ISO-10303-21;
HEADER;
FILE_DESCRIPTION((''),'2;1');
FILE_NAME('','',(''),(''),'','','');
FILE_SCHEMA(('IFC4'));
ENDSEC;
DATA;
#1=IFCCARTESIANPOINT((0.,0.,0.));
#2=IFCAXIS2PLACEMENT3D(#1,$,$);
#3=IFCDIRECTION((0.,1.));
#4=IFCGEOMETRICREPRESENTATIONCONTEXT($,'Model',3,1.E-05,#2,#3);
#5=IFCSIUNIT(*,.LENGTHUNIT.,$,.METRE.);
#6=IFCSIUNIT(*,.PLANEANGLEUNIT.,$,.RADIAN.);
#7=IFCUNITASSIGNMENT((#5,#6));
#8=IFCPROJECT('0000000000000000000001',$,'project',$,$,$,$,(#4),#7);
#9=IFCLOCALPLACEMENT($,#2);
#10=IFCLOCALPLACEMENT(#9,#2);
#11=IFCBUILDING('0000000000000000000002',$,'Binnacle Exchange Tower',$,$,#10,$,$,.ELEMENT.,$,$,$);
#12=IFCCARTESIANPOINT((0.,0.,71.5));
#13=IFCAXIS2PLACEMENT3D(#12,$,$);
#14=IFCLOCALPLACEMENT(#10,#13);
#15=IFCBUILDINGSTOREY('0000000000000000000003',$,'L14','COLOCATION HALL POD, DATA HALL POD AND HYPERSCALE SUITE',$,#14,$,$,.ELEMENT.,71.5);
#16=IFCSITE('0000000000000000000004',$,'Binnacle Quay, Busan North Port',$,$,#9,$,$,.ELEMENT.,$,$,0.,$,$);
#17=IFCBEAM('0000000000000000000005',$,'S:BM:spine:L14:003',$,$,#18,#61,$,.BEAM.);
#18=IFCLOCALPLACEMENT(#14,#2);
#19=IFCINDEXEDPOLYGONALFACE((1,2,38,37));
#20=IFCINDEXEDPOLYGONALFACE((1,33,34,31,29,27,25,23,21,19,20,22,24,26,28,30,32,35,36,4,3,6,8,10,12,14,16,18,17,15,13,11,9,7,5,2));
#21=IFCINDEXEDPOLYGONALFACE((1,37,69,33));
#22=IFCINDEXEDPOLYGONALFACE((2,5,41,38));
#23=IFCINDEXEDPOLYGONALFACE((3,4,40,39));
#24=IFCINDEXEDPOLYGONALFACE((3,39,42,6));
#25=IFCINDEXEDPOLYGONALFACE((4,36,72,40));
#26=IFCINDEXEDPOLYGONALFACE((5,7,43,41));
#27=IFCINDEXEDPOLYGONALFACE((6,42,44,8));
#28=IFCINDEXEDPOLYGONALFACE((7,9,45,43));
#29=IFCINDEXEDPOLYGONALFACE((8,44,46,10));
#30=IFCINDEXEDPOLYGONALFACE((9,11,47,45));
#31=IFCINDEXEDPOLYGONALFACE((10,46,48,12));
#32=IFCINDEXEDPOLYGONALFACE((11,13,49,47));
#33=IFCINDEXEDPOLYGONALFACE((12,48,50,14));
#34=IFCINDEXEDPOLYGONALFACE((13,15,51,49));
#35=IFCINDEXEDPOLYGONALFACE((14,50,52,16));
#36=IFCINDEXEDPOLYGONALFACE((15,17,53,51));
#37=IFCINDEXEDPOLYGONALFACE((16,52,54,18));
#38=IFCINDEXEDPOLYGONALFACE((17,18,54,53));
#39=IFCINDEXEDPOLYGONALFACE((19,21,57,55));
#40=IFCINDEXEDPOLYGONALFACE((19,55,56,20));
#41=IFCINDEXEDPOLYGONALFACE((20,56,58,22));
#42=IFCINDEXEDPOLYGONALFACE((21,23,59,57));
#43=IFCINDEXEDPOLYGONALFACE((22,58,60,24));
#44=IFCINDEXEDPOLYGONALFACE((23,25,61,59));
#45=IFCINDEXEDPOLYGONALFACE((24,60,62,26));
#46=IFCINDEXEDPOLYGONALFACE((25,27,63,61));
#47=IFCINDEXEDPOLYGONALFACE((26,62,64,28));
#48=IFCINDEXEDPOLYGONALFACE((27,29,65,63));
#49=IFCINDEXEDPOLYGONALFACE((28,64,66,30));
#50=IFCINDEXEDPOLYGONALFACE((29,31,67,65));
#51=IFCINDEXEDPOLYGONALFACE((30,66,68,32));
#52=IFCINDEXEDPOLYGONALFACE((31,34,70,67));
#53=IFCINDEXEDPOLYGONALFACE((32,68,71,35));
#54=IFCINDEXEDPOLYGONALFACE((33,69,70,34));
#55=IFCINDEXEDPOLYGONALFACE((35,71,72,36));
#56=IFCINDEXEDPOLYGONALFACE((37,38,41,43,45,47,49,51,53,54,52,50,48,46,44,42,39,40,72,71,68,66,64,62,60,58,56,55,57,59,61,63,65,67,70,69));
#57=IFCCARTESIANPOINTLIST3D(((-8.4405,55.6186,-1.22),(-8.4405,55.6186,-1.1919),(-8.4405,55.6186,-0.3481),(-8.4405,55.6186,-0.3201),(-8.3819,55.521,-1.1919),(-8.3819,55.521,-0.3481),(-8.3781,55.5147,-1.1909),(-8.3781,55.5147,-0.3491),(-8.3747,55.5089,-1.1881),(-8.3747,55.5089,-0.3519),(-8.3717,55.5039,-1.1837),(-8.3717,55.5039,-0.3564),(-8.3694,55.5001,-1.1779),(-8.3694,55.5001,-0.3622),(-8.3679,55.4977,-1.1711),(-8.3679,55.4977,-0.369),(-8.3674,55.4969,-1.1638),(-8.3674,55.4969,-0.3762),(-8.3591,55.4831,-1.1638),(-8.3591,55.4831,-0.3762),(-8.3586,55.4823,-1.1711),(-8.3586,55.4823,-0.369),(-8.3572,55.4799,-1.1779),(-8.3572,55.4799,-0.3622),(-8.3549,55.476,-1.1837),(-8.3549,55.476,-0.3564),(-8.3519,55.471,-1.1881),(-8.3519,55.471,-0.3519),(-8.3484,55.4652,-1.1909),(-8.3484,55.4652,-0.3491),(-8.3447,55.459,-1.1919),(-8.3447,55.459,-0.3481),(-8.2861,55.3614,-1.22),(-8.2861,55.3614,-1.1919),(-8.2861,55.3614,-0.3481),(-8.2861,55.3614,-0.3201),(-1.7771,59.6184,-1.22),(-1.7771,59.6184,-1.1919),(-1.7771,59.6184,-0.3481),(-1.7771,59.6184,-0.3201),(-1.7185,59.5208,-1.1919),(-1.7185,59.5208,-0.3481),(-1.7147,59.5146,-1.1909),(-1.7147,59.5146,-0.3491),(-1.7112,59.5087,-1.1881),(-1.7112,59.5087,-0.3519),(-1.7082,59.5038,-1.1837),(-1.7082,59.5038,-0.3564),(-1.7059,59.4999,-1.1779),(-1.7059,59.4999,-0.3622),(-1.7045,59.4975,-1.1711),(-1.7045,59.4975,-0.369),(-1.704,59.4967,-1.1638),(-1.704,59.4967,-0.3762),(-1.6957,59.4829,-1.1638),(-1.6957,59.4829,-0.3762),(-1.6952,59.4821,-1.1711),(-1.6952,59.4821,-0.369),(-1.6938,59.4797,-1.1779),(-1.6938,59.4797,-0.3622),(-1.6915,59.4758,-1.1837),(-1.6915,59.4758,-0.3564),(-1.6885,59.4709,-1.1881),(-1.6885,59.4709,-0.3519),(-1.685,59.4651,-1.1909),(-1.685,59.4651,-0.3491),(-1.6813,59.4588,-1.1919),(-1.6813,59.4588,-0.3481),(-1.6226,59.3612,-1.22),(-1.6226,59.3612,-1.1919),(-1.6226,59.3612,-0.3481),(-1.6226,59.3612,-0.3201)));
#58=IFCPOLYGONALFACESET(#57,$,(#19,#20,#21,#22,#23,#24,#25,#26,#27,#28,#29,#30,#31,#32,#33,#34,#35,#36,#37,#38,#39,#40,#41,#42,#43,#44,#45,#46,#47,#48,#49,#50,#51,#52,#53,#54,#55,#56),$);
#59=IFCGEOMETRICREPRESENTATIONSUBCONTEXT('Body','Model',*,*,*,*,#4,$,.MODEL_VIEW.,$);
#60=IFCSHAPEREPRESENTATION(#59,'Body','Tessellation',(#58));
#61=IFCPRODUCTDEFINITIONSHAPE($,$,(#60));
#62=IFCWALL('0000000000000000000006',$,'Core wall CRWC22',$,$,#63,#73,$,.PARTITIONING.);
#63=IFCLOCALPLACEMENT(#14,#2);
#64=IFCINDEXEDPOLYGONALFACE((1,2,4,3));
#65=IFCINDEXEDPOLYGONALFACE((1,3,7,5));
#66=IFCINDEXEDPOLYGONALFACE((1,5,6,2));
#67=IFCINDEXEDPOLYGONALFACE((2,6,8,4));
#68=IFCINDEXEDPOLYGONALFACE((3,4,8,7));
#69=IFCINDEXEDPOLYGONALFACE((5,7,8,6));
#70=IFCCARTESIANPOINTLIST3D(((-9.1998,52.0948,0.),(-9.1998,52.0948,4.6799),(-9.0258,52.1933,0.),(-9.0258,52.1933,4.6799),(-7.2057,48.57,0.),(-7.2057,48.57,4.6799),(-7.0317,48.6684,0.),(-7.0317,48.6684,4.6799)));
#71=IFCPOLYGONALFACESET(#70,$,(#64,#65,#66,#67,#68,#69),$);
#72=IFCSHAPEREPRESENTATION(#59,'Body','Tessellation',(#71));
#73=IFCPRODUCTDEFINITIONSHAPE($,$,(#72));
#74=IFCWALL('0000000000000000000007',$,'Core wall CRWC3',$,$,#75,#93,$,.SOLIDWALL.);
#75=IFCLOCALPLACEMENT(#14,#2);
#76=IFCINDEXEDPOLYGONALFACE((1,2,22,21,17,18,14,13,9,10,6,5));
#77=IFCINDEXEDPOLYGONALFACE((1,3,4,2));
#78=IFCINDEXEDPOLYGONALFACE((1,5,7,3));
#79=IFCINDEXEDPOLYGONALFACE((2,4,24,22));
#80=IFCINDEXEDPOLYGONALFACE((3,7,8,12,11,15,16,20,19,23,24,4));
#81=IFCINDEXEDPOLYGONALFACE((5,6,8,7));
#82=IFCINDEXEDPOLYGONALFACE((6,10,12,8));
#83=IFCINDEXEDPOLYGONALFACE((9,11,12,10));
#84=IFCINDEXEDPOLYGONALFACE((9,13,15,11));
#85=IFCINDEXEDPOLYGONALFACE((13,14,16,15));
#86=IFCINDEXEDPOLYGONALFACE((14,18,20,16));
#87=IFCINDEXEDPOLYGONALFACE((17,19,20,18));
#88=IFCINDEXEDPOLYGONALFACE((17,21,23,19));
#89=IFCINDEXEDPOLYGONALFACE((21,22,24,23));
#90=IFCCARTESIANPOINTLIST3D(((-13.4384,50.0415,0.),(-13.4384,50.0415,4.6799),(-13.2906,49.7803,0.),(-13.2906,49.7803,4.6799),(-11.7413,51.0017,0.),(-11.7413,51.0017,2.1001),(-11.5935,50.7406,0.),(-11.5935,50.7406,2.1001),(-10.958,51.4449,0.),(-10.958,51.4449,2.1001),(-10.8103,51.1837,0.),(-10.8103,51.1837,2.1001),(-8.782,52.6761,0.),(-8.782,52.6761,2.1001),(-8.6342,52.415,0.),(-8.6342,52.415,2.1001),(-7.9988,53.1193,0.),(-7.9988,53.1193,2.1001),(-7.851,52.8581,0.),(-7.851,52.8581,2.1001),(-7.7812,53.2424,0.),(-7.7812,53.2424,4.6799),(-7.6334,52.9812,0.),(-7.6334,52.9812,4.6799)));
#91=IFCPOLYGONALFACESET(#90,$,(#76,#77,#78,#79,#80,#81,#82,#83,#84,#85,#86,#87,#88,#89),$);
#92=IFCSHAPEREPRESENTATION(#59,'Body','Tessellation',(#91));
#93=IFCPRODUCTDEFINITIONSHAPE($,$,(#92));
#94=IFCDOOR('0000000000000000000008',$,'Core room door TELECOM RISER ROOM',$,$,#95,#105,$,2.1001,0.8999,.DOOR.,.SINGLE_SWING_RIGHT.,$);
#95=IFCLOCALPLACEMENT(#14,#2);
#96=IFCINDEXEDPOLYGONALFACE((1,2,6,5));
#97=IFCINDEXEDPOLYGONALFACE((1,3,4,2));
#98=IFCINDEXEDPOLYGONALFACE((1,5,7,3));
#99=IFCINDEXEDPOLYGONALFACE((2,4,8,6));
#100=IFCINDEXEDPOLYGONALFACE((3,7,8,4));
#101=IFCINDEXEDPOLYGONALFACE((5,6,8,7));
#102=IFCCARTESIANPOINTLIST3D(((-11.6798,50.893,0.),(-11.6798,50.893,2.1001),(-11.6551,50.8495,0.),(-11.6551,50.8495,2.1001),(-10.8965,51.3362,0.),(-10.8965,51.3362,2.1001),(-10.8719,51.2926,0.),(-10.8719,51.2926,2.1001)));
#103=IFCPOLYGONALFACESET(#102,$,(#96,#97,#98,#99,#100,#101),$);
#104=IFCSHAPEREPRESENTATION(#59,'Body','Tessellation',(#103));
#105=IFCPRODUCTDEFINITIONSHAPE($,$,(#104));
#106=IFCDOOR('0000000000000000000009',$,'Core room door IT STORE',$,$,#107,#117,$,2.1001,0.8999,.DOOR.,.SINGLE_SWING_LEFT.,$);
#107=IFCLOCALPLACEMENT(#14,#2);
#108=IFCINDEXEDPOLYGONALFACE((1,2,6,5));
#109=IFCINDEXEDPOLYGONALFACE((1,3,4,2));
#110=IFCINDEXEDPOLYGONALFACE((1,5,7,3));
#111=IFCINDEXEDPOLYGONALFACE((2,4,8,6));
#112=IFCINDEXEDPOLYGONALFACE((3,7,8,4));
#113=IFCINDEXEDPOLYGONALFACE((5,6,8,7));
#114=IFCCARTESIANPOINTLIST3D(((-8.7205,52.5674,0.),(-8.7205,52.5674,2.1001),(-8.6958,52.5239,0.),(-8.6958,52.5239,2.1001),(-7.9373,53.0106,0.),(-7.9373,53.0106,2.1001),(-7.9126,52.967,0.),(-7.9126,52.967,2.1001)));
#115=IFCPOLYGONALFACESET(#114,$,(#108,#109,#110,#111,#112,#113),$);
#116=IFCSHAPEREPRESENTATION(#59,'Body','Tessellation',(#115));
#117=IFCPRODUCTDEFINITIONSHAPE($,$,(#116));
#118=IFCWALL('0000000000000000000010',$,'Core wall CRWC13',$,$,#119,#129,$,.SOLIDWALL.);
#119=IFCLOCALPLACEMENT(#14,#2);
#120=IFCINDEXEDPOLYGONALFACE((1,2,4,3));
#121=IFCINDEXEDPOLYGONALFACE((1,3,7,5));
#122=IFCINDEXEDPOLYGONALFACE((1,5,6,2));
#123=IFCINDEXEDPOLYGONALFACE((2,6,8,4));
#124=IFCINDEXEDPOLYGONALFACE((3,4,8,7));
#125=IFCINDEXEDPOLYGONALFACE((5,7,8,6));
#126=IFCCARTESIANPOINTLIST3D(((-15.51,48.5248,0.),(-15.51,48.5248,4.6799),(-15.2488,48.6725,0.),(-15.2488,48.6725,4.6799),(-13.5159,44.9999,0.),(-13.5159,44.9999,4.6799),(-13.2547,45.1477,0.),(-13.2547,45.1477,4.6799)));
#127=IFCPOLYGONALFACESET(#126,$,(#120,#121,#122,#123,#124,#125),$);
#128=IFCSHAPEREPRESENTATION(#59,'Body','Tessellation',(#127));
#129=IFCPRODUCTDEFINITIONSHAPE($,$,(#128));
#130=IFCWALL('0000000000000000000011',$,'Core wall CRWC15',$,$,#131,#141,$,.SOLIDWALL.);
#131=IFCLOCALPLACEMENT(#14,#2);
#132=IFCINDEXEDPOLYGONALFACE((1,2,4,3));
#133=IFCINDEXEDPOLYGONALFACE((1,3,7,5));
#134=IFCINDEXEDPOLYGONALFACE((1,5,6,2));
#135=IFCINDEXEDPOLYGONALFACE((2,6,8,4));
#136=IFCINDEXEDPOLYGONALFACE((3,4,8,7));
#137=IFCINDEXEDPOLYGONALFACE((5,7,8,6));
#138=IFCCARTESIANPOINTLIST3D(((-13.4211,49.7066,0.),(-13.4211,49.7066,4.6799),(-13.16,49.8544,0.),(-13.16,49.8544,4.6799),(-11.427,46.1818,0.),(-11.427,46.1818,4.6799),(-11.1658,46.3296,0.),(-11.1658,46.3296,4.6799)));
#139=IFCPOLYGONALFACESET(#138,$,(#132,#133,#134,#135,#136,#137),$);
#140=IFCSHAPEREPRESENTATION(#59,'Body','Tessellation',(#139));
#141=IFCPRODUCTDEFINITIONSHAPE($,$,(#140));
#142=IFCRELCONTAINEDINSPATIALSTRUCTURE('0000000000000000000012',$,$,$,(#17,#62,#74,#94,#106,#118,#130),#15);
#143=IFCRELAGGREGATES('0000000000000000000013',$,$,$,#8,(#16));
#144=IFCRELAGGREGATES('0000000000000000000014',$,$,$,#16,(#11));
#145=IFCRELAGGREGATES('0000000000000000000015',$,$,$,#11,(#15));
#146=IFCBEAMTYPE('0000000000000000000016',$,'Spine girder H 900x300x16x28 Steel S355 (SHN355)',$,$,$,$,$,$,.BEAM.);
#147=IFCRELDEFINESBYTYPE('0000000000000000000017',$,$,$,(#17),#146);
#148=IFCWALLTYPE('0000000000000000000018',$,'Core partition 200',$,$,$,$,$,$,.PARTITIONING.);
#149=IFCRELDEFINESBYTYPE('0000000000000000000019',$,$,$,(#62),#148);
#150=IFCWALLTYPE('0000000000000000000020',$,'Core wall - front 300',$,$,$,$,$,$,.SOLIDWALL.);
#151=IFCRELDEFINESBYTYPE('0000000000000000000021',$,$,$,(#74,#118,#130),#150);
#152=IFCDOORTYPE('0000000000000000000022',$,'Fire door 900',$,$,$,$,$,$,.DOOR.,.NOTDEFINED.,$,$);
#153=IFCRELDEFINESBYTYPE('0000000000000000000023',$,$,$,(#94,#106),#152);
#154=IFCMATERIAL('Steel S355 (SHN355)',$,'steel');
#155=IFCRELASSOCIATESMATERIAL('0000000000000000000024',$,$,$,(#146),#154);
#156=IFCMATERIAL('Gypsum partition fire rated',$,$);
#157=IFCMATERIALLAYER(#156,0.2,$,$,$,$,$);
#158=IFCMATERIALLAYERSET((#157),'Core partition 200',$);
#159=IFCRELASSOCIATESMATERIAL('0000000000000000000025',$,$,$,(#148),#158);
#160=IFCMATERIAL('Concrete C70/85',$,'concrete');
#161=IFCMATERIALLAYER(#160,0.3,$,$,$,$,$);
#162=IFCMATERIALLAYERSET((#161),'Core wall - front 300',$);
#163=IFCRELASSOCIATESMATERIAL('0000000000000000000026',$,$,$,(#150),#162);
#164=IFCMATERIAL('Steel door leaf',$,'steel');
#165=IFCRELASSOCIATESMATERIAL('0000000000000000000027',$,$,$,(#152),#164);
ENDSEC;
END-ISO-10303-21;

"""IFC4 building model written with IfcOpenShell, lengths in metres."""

from ifc_helpers import new_model, si_unit, direction, frame, frame_2d, origin, origin_2d, place, context, subcontext, project, spatial, rectangle, i_section, extrude, material, layer, layer_set, material_profile, profile_set, type_object, element, fill, save


model = new_model("IFC4")

# Units and contexts
model_context = context("Model", 3, precision=1e-05, world=origin(), true_north=direction((0.0, 1.0)))
body_context = subcontext(model_context, "Body", "Model", "MODEL_VIEW")
ifc_project = project(units=[si_unit("LENGTHUNIT", "METRE"), si_unit("PLANEANGLEUNIT", "RADIAN")], contexts=[model_context])

# Site, building, storey
site_placement = place(None, origin())
site = spatial("IfcSite", under=ifc_project, at=site_placement, Name="Binnacle Quay, Busan North Port", CompositionType="ELEMENT", RefElevation=0.0)
building_placement = place(site_placement, origin())
building = spatial("IfcBuilding", under=site, at=building_placement, Name="Binnacle Exchange Tower", CompositionType="ELEMENT")
storey_placement = place(building_placement, frame((0.0, 0.0, 71.5)))
storey = spatial("IfcBuildingStorey", under=building, at=storey_placement, Name="L14", Description="COLOCATION HALL POD, DATA HALL POD AND HYPERSCALE SUITE", CompositionType="ELEMENT", Elevation=71.5)

# Shared definitions
ifc_material_1 = material(Name="Concrete C70/85", Category="concrete")

# Beam
ifc_material_2 = material(Name="Steel S355 (SHN355)", Category="steel")
ifc_material_profile_1 = material_profile(ifc_material_2, i_section(OverallWidth=0.3, OverallDepth=0.8999, WebThickness=0.0161, FlangeThickness=0.0281, FilletRadius=0.0281, at=origin_2d()), Name="H 900x300x16x28")
ifc_profile_set_1 = profile_set([ifc_material_profile_1], Name="Steel S355 (SHN355)")
beam_type_1 = type_object("IfcBeamType", Name="Spine girder H 900x300x16x28 Steel S355 (SHN355)", PredefinedType="BEAM", material=ifc_profile_set_1)
beam_1_placement = place(storey_placement, frame((-8.3633, 55.49, -0.77), z_axis=(0.857393, 0.514662, 0.0), x_axis=(-0.514662, 0.857393, 0.0)))
element("IfcBeam", 1, at=beam_1_placement, inside=storey, type_object=beam_type_1, Name="S:BM:spine:L14:003", PredefinedType="BEAM", context=body_context, shape_type="SweptSolid", body=[
    extrude(i_section(OverallWidth=0.3, OverallDepth=0.8999, WebThickness=0.0161, FlangeThickness=0.0281, FilletRadius=0.0281, at=origin_2d()), origin(), (0.0, 0.0, 1.0), 7.7717),
])

# Wall
ifc_material_3 = material(Name="Gypsum partition fire rated")
ifc_layer_1 = layer(ifc_material_3, 0.2)
ifc_layer_set_1 = layer_set([ifc_layer_1], Name="Core partition 200")
wall_type_1 = type_object("IfcWallType", Name="Core partition 200", PredefinedType="PARTITIONING", material=ifc_layer_set_1)
wall_1_placement = place(storey_placement, frame((-9.1128, 52.144, 0.0), z_axis=(0.0, 0.0, 1.0), x_axis=(0.492395, -0.870372, 0.0)))
element("IfcWall", 2, at=wall_1_placement, inside=storey, type_object=wall_type_1, Name="Core wall CRWC22", PredefinedType="PARTITIONING", context=body_context, shape_type="SweptSolid", body=[
    extrude(rectangle(XDim=4.0498, YDim=0.2, at=frame_2d((2.0249, 0.0))), origin(), (0.0, 0.0, 1.0), 4.6799),
])

# Wall, openings, doors
ifc_layer_2 = layer(ifc_material_1, 0.3)
ifc_layer_set_2 = layer_set([ifc_layer_2], Name="Core wall - front 300")
wall_type_2 = type_object("IfcWallType", Name="Core wall - front 300", PredefinedType="SOLIDWALL", material=ifc_layer_set_2)
wall_2_placement = place(storey_placement, frame((-13.3645, 49.9109, 0.0), z_axis=(0.0, 0.0, 1.0), x_axis=(0.870341, 0.49245, 0.0)))
wall_2 = element("IfcWall", 3, at=wall_2_placement, inside=storey, type_object=wall_type_2, Name="Core wall CRWC3", PredefinedType="SOLIDWALL", context=body_context, shape_type="SweptSolid", body=[
    extrude(rectangle(XDim=6.5, YDim=0.3, at=frame_2d((3.25, 0.0))), origin(), (0.0, 0.0, 1.0), 4.6799),
])
opening_1_placement = place(wall_2_placement, frame((1.95, 0.0, 0.0)))
opening_1 = element("IfcOpeningElement", 4, at=opening_1_placement, cuts=wall_2, PredefinedType="OPENING", context=body_context, shape_type="SweptSolid", body=[
    extrude(rectangle(XDim=0.8999, YDim=2.1001, at=frame_2d((0.45, 1.05))), frame((0.0, 0.1599, 0.0), z_axis=(0.0, -1.0, 0.0), x_axis=(1.0, 0.0, 0.0)), (0.0, 0.0, 1.0), 0.3201),
])
opening_2_placement = place(wall_2_placement, frame((5.3501, 0.0, 0.0)))
opening_2 = element("IfcOpeningElement", 5, at=opening_2_placement, cuts=wall_2, PredefinedType="OPENING", context=body_context, shape_type="SweptSolid", body=[
    extrude(rectangle(XDim=0.8999, YDim=2.1001, at=frame_2d((0.45, 1.05))), frame((0.0, 0.1599, 0.0), z_axis=(0.0, -1.0, 0.0), x_axis=(1.0, 0.0, 0.0)), (0.0, 0.0, 1.0), 0.3201),
])
ifc_material_4 = material(Name="Steel door leaf", Category="steel")
door_type_1 = type_object("IfcDoorType", Name="Fire door 900", OperationType="NOTDEFINED", PredefinedType="DOOR", material=ifc_material_4)
door_1_placement = place(opening_1_placement, frame((0.8999, 0.0, 0.0), z_axis=(0.0, 0.0, 1.0), x_axis=(-1.0, 0.0, 0.0)))
door_1 = element("IfcDoor", 6, at=door_1_placement, inside=storey, type_object=door_type_1, Name="Core room door TELECOM RISER ROOM", OperationType="SINGLE_SWING_RIGHT", OverallHeight=2.1001, OverallWidth=0.8999, PredefinedType="DOOR", context=body_context, shape_type="SweptSolid", body=[
    extrude(rectangle(XDim=0.8999, YDim=2.1001, at=frame_2d((0.45, 1.05))), frame((0.0, 0.0249, 0.0), z_axis=(0.0, -1.0, 0.0), x_axis=(1.0, 0.0, 0.0)), (0.0, 0.0, 1.0), 0.05),
])
fill(opening_1, door_1)
door_2_placement = place(opening_2_placement, frame((0.8999, 0.0, 0.0), z_axis=(0.0, 0.0, 1.0), x_axis=(-1.0, 0.0, 0.0)))
door_2 = element("IfcDoor", 7, at=door_2_placement, inside=storey, type_object=door_type_1, Name="Core room door IT STORE", OperationType="SINGLE_SWING_LEFT", OverallHeight=2.1001, OverallWidth=0.8999, PredefinedType="DOOR", context=body_context, shape_type="SweptSolid", body=[
    extrude(rectangle(XDim=0.8999, YDim=2.1001, at=frame_2d((0.45, 1.05))), frame((0.0, 0.0249, 0.0), z_axis=(0.0, -1.0, 0.0), x_axis=(1.0, 0.0, 0.0)), (0.0, 0.0, 1.0), 0.05),
])
fill(opening_2, door_2)

# Walls
for number, where, z_axis, x_axis, name in (
    (8, (-15.3794, 48.5986, 0.0), (0.0, 0.0, 1.0), (0.492395, -0.870372, 0.0), "Core wall CRWC13"),
    (9, (-13.2905, 49.7805, 0.0), (0.0, 0.0, 1.0), (0.492395, -0.870372, 0.0), "Core wall CRWC15"),
):
    element("IfcWall", number, at=place(storey_placement, frame(where, z_axis=z_axis, x_axis=x_axis)), inside=storey, type_object=wall_type_2, Name=name, PredefinedType="SOLIDWALL", context=body_context, shape_type="SweptSolid", body=[
        extrude(rectangle(XDim=4.0498, YDim=0.3, at=frame_2d((2.0249, 0.0))), origin(), (0.0, 0.0, 1.0), 4.6799),
    ])

save(model, "model.ifc")
